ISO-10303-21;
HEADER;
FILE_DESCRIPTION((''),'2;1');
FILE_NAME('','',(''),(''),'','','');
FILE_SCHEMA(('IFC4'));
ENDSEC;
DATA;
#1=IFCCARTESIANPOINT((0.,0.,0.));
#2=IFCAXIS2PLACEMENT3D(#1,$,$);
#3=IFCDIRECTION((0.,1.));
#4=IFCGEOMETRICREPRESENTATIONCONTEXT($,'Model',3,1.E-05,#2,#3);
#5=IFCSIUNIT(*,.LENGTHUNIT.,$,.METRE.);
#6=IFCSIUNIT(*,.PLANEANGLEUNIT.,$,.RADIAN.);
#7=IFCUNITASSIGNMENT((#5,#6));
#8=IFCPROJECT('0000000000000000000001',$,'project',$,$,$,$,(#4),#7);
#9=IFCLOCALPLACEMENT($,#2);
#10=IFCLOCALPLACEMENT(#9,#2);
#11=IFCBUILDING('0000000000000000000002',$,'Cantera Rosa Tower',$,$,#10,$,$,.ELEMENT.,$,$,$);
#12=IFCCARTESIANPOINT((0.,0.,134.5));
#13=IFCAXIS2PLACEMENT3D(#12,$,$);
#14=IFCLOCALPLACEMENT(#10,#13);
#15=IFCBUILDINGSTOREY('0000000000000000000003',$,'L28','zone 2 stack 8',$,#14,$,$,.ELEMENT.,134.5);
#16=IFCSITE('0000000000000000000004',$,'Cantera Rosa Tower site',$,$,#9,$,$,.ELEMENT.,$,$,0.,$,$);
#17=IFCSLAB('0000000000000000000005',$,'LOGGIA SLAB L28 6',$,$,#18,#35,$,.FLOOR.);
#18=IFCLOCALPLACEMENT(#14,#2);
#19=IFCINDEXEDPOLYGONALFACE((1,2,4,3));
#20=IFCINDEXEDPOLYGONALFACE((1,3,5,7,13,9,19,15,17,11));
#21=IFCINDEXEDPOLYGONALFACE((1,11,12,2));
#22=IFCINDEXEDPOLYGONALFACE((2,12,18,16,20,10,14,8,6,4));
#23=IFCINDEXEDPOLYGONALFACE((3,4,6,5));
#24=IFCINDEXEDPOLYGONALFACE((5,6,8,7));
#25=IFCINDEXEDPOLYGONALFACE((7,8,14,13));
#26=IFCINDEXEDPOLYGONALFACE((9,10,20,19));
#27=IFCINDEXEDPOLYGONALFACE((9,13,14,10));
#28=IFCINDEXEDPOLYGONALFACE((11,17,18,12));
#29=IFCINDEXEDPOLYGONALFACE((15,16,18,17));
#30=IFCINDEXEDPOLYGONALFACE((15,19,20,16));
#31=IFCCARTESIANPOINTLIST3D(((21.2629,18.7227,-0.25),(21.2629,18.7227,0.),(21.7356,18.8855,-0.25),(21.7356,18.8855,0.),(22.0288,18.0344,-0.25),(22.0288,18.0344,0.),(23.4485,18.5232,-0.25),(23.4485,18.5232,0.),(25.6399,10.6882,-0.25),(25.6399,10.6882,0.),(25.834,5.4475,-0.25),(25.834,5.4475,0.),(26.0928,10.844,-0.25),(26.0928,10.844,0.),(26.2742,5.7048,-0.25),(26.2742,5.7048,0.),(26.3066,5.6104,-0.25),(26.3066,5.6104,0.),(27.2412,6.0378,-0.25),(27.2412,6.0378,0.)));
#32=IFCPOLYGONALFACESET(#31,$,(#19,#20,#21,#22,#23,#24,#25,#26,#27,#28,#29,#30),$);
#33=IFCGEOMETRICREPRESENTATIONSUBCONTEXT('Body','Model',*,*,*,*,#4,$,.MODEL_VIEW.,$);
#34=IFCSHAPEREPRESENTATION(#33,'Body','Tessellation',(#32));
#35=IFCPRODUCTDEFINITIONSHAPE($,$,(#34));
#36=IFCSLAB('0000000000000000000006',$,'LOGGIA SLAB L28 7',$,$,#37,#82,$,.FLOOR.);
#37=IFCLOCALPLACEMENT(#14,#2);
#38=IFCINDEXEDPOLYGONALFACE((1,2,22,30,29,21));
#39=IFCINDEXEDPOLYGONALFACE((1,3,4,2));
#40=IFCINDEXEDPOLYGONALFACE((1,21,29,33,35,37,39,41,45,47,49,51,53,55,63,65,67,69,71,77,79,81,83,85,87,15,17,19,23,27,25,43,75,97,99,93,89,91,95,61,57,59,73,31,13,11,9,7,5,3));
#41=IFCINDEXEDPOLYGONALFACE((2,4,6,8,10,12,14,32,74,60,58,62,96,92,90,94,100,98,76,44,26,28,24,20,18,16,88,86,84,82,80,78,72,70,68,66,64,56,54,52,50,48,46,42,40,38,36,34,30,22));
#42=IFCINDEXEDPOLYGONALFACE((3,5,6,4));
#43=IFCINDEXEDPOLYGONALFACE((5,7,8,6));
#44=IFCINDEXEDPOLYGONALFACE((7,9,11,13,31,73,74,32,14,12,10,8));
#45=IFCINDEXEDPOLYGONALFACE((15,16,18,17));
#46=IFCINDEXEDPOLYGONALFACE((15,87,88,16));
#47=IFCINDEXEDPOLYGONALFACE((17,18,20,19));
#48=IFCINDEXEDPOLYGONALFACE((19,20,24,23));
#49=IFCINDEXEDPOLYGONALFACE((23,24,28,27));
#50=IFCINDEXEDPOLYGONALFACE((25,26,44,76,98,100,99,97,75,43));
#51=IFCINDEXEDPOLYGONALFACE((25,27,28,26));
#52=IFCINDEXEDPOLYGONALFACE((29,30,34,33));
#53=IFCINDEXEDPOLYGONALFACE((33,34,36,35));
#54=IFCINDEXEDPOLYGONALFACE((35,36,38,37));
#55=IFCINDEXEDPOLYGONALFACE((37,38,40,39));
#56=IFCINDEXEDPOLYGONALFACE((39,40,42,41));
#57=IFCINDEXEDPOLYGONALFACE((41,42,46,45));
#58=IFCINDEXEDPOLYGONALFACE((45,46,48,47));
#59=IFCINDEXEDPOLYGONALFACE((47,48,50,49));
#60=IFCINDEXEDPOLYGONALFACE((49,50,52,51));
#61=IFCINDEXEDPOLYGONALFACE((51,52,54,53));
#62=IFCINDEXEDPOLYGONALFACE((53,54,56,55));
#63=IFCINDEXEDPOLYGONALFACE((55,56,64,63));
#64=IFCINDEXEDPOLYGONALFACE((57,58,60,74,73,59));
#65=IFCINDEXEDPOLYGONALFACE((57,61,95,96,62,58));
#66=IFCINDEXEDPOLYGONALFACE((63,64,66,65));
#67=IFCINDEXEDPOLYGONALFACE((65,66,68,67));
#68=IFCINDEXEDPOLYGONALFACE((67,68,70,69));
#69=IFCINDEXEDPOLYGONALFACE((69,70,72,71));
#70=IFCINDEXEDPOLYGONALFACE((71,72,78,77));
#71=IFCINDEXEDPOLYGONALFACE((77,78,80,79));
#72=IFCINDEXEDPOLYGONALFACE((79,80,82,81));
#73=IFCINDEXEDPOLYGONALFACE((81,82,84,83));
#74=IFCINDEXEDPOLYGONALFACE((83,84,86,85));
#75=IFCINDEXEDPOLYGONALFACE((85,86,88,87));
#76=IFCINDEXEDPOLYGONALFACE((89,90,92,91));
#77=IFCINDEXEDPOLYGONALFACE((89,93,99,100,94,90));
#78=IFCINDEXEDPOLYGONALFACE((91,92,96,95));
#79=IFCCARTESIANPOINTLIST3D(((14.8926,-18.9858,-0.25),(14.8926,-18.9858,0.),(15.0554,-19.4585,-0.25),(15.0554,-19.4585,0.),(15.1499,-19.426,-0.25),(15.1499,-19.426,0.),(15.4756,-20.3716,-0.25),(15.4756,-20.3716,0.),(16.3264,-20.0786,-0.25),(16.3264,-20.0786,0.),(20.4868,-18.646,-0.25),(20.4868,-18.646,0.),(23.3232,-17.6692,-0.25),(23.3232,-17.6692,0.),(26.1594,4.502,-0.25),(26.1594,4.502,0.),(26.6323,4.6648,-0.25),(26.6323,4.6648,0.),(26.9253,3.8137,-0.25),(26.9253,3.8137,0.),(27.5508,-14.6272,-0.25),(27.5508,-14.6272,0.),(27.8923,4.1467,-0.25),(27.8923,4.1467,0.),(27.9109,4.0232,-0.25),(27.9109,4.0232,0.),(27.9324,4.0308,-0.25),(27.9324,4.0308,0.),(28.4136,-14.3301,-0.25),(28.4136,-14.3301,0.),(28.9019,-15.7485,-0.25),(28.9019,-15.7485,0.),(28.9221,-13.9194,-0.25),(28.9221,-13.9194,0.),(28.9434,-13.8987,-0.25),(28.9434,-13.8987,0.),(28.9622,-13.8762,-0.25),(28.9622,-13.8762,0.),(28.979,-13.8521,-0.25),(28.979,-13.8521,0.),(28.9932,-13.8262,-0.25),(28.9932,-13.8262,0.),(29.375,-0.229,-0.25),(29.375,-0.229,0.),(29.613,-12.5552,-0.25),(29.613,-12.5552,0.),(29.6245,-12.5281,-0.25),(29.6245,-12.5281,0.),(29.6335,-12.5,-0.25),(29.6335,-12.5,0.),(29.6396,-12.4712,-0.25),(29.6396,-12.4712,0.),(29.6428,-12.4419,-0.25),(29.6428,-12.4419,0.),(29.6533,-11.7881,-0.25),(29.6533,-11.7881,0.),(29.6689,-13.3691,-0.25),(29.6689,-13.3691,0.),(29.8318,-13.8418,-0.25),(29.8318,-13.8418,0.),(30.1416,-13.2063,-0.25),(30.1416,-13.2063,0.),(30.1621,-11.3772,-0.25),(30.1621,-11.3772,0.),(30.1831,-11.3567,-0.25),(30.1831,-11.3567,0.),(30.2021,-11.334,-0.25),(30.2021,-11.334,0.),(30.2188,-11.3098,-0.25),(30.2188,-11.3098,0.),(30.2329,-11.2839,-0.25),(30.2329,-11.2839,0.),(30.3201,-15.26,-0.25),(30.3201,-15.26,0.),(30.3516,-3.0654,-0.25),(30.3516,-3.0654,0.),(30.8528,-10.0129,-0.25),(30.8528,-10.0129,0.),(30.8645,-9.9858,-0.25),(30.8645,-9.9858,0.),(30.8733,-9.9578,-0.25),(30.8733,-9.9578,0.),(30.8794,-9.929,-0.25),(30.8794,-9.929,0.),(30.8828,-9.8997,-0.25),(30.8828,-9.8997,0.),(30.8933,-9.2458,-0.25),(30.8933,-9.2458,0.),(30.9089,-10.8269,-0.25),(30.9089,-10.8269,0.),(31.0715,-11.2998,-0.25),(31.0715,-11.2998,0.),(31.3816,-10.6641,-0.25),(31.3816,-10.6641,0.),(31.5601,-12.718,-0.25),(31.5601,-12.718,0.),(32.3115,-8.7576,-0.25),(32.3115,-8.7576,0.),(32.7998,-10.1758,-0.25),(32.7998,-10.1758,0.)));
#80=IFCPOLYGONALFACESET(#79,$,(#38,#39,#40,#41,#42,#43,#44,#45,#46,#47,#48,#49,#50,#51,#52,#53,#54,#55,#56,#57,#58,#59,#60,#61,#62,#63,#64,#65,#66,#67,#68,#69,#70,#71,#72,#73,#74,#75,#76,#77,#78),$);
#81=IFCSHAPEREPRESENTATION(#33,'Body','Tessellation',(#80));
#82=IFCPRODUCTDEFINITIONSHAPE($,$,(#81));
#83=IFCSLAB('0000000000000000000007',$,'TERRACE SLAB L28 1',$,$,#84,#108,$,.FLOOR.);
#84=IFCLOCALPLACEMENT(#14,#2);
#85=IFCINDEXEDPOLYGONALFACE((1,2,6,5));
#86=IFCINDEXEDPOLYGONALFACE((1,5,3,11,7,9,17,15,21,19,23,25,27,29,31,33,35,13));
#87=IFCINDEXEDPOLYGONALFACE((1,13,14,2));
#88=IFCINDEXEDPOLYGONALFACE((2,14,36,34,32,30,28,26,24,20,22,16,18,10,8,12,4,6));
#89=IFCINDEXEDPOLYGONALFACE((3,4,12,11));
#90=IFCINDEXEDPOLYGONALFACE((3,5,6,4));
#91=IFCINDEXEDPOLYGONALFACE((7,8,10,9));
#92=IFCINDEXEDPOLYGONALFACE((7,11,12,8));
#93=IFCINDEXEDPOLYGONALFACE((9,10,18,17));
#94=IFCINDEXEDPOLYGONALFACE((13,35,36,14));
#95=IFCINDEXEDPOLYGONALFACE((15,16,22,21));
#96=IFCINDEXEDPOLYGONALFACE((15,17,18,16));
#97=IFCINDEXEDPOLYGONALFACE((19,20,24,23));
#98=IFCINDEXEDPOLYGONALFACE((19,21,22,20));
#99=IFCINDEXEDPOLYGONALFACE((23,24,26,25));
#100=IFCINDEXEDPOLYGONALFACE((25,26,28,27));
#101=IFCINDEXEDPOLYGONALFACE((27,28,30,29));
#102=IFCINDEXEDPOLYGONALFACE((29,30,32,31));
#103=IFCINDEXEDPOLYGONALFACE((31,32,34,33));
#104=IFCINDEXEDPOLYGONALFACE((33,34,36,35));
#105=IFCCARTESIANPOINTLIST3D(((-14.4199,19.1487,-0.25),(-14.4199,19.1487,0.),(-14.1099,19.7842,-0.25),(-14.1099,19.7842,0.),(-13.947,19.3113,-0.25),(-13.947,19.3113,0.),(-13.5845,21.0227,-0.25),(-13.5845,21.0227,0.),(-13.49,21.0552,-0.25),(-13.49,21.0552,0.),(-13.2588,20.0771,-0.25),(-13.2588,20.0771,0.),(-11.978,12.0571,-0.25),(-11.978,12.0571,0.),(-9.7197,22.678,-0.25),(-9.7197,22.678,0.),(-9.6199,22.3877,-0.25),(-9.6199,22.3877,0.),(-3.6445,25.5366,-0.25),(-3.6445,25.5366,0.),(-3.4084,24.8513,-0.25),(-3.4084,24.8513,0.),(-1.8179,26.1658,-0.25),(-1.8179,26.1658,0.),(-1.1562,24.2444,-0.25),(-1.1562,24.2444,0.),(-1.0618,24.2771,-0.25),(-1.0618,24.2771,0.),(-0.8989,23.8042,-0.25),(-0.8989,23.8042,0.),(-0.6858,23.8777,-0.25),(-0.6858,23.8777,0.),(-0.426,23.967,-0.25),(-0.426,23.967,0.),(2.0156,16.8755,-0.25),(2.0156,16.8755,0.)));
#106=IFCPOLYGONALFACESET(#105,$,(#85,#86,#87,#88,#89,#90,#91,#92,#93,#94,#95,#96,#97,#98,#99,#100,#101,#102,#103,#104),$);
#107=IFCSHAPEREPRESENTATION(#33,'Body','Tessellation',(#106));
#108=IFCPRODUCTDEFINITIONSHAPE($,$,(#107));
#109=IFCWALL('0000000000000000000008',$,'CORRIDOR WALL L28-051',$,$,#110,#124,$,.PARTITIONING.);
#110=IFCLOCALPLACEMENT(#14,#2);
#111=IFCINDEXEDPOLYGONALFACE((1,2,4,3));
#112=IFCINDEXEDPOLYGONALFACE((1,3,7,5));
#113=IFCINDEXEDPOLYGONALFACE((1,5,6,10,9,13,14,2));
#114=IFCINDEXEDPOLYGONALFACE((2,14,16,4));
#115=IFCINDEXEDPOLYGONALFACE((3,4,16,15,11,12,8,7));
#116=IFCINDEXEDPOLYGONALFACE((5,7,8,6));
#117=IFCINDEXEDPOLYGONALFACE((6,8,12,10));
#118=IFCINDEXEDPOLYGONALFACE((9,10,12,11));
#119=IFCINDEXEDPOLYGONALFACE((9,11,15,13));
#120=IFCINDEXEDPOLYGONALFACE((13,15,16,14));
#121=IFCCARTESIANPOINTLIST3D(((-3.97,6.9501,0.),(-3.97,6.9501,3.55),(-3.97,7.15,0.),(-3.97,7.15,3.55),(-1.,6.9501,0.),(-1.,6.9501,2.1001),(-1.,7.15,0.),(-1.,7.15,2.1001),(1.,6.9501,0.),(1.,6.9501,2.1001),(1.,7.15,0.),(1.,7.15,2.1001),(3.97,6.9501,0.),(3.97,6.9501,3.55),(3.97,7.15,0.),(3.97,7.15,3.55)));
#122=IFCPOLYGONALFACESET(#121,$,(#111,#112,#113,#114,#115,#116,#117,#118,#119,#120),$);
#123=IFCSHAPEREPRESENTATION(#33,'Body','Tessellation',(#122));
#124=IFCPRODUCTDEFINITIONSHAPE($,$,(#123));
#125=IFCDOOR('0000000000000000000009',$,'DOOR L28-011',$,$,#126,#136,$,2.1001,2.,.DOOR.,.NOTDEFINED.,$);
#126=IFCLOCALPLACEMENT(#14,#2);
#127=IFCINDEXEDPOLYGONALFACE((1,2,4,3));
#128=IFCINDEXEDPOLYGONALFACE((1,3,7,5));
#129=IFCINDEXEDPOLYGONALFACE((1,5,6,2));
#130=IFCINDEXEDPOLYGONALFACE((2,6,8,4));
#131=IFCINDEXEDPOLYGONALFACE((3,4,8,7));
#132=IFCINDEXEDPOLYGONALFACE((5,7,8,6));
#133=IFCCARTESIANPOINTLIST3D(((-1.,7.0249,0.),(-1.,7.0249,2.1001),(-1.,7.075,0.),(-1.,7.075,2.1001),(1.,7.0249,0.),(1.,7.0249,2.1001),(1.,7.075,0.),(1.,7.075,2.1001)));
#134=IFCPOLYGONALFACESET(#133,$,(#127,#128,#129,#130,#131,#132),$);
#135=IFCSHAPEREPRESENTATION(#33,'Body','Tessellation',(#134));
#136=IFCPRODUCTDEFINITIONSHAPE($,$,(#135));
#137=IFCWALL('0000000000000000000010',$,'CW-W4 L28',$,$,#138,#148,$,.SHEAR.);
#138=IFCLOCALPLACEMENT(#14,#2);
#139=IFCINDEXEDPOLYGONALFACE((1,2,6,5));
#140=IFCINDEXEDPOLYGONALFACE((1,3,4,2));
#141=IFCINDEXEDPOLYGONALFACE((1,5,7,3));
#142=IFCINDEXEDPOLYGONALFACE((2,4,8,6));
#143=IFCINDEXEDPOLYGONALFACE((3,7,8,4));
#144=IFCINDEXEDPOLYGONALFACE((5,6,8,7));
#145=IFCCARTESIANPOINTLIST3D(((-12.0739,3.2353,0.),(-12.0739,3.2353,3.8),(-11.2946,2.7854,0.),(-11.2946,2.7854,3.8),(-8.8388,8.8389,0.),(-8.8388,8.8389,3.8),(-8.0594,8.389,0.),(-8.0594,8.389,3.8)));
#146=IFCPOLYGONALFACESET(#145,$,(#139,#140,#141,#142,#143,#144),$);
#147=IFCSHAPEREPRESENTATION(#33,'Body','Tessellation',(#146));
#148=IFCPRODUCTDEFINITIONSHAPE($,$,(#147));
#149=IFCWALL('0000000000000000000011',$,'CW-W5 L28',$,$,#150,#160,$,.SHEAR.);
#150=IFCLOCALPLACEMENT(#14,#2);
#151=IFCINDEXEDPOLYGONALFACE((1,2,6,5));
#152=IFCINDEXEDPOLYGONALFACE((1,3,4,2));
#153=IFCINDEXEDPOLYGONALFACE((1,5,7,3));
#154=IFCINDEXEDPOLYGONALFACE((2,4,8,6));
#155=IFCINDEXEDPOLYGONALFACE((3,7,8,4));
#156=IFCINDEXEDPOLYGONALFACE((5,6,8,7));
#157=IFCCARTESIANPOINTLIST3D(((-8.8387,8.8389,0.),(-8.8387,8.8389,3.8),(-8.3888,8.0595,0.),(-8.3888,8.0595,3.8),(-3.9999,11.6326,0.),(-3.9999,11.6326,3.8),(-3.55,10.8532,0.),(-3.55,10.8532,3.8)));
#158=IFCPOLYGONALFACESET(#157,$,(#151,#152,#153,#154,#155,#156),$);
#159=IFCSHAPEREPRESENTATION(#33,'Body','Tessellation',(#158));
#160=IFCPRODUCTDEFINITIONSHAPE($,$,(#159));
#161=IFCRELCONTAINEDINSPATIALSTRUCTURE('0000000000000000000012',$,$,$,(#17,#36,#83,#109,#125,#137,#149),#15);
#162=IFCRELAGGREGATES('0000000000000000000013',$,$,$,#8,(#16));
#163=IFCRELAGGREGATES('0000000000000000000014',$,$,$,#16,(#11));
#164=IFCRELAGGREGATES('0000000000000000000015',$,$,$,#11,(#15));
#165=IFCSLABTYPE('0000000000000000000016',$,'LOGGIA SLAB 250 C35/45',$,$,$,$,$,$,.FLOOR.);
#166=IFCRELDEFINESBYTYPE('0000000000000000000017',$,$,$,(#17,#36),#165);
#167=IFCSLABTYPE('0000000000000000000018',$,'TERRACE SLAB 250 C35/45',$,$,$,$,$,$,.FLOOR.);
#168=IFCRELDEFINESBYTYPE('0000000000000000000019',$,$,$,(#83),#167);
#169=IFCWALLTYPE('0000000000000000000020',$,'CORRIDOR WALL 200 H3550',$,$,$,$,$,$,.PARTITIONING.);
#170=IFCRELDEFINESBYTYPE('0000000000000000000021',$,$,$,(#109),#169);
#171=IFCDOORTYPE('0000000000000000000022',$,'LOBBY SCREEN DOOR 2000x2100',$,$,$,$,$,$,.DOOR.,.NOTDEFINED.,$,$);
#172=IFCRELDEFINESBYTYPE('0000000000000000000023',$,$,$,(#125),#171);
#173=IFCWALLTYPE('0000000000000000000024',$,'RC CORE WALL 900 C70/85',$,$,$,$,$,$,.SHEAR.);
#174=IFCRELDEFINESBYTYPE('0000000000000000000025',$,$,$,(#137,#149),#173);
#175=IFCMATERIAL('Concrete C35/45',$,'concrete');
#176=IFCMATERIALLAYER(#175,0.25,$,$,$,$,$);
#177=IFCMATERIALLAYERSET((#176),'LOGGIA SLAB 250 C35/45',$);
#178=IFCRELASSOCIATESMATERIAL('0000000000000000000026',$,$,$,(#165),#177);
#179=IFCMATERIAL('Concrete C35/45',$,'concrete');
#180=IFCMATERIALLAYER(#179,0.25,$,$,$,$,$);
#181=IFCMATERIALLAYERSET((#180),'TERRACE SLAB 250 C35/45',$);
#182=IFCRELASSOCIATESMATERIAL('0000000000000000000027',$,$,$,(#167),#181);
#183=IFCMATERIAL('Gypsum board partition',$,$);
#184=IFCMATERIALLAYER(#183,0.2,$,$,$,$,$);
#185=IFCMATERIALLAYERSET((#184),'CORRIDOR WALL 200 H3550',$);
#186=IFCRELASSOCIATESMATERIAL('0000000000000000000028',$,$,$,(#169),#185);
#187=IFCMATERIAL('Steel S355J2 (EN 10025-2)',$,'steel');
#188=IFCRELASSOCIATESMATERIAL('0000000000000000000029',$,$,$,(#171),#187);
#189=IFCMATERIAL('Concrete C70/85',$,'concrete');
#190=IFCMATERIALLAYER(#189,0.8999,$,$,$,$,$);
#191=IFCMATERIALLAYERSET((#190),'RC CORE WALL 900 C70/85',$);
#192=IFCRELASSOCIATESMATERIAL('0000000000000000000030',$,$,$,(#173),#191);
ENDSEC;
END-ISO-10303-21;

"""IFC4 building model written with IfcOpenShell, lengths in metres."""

from ifc_helpers import new_model, si_unit, direction, frame, frame_2d, origin, place, context, subcontext, project, spatial, polyline, rectangle, outline, extrude, material, layer, layer_set, type_object, element, fill, save


model = new_model("IFC4")

# Units and contexts
model_context = context("Model", 3, precision=1e-05, world=origin(), true_north=direction((0.0, 1.0)))
body_context = subcontext(model_context, "Body", "Model", "MODEL_VIEW")
ifc_project = project(units=[si_unit("LENGTHUNIT", "METRE"), si_unit("PLANEANGLEUNIT", "RADIAN")], contexts=[model_context])

# Site, building, storey
site_placement = place(None, origin())
site = spatial("IfcSite", under=ifc_project, at=site_placement, Name="Cantera Rosa Tower site", CompositionType="ELEMENT", RefElevation=0.0)
building_placement = place(site_placement, origin())
building = spatial("IfcBuilding", under=site, at=building_placement, Name="Cantera Rosa Tower", CompositionType="ELEMENT")
storey_placement = place(building_placement, frame((0.0, 0.0, 134.5)))
storey = spatial("IfcBuildingStorey", under=building, at=storey_placement, Name="L28", Description="zone 2 stack 8", CompositionType="ELEMENT", Elevation=134.5)

# Slabs
ifc_material_1 = material(Name="Concrete C35/45", Category="concrete")
ifc_layer_1 = layer(ifc_material_1, 0.25)
ifc_layer_set_1 = layer_set([ifc_layer_1], Name="LOGGIA SLAB 250 C35/45")
slab_type_1 = type_object("IfcSlabType", Name="LOGGIA SLAB 250 C35/45", PredefinedType="FLOOR", material=ifc_layer_set_1)
slab_1_placement = place(storey_placement, frame((0.0, 0.0, -0.25)))
element("IfcSlab", 1, at=slab_1_placement, inside=storey, type_object=slab_type_1, Name="LOGGIA SLAB L28 6", PredefinedType="FLOOR", context=body_context, shape_type="SweptSolid", body=[
    extrude(outline(polyline([(25.834, 5.4475), (21.2629, 18.7227), (21.7356, 18.8855), (22.0288, 18.0344), (23.4485, 18.5232), (26.0928, 10.844), (25.6399, 10.6882), (27.2412, 6.0378), (26.2742, 5.7048), (26.3066, 5.6104), (25.834, 5.4475)])), origin(), (0.0, 0.0, 1.0), 0.25),
])
slab_2_placement = place(storey_placement, frame((0.0, 0.0, -0.25)))
element("IfcSlab", 2, at=slab_2_placement, inside=storey, type_object=slab_type_1, Name="LOGGIA SLAB L28 7", PredefinedType="FLOOR", context=body_context, shape_type="SweptSolid", body=[
    extrude(outline(polyline([(32.7998, -10.1758), (31.3816, -10.6641), (30.9089, -10.8269), (31.0715, -11.2998), (31.5601, -12.718), (30.1416, -13.2063), (29.6689, -13.3691), (29.8318, -13.8418), (30.3201, -15.26), (28.9019, -15.7485), (23.3232, -17.6692), (20.4868, -18.646), (16.3264, -20.0786), (15.4756, -20.3716), (15.1499, -19.426), (15.0554, -19.4585), (14.8926, -18.9858), (27.5508, -14.6272), (28.4136, -14.3301), (28.9221, -13.9194), (28.9434, -13.8987), (28.9622, -13.8762), (28.979, -13.8521), (28.9932, -13.8262), (29.613, -12.5552), (29.6245, -12.5281), (29.6335, -12.5), (29.6396, -12.4712), (29.6428, -12.4419), (29.6533, -11.7881), (30.1621, -11.3772), (30.1831, -11.3567), (30.2021, -11.334), (30.2188, -11.3098), (30.2329, -11.2839), (30.8528, -10.0129), (30.8645, -9.9858), (30.8733, -9.9578), (30.8794, -9.929), (30.8828, -9.8997), (30.8933, -9.2458), (26.1594, 4.502), (26.6323, 4.6648), (26.9253, 3.8137), (27.8923, 4.1467), (27.9324, 4.0308), (27.9109, 4.0232), (29.375, -0.229), (30.3516, -3.0654), (32.3115, -8.7576), (32.7998, -10.1758)])), origin(), (0.0, 0.0, 1.0), 0.25),
])
ifc_material_2 = material(Name="Concrete C35/45", Category="concrete")
ifc_layer_2 = layer(ifc_material_2, 0.25)
ifc_layer_set_2 = layer_set([ifc_layer_2], Name="TERRACE SLAB 250 C35/45")
slab_type_2 = type_object("IfcSlabType", Name="TERRACE SLAB 250 C35/45", PredefinedType="FLOOR", material=ifc_layer_set_2)
slab_3_placement = place(storey_placement, frame((0.0, 0.0, -0.25)))
element("IfcSlab", 3, at=slab_3_placement, inside=storey, type_object=slab_type_2, Name="TERRACE SLAB L28 1", PredefinedType="FLOOR", context=body_context, shape_type="SweptSolid", body=[
    extrude(outline(polyline([(-13.2588, 20.0771), (-13.5845, 21.0227), (-13.49, 21.0552), (-9.6199, 22.3877), (-9.7197, 22.678), (-3.4084, 24.8513), (-3.6445, 25.5366), (-1.8179, 26.1658), (-1.1562, 24.2444), (-1.0618, 24.2771), (-0.8989, 23.8042), (-0.6858, 23.8777), (-0.426, 23.967), (2.0156, 16.8755), (-11.978, 12.0571), (-14.4199, 19.1487), (-13.947, 19.3113), (-14.1099, 19.7842), (-13.2588, 20.0771)])), origin(), (0.0, 0.0, 1.0), 0.25),
])

# Wall, opening, door
ifc_material_3 = material(Name="Gypsum board partition")
ifc_layer_3 = layer(ifc_material_3, 0.2)
ifc_layer_set_3 = layer_set([ifc_layer_3], Name="CORRIDOR WALL 200 H3550")
wall_type_1 = type_object("IfcWallType", Name="CORRIDOR WALL 200 H3550", PredefinedType="PARTITIONING", material=ifc_layer_set_3)
wall_1_placement = place(storey_placement, frame((-3.97, 7.05, 0.0), z_axis=(0.0, 0.0, 1.0), x_axis=(1.0, 0.0, 0.0)))
wall_1 = element("IfcWall", 4, at=wall_1_placement, inside=storey, type_object=wall_type_1, Name="CORRIDOR WALL L28-051", PredefinedType="PARTITIONING", context=body_context, shape_type="SweptSolid", body=[
    extrude(rectangle(XDim=7.9399, YDim=0.2, at=frame_2d((3.97, 0.0))), origin(), (0.0, 0.0, 1.0), 3.55),
])
opening_placement = place(wall_1_placement, frame((2.97, 0.0, 0.0)))
opening = element("IfcOpeningElement", 5, at=opening_placement, cuts=wall_1, PredefinedType="OPENING", context=body_context, shape_type="SweptSolid", body=[
    extrude(rectangle(XDim=2.0, YDim=2.1001, at=frame_2d((1.0, 1.05))), frame((0.0, 0.1099, 0.0), z_axis=(0.0, -1.0, 0.0), x_axis=(1.0, 0.0, 0.0)), (0.0, 0.0, 1.0), 0.22),
])
ifc_material_4 = material(Name="Steel S355J2 (EN 10025-2)", Category="steel")
door_type = type_object("IfcDoorType", Name="LOBBY SCREEN DOOR 2000x2100", OperationType="NOTDEFINED", PredefinedType="DOOR", material=ifc_material_4)
door_placement = place(opening_placement, origin())
door = element("IfcDoor", 6, at=door_placement, inside=storey, type_object=door_type, Name="DOOR L28-011", OperationType="NOTDEFINED", OverallHeight=2.1001, OverallWidth=2.0, PredefinedType="DOOR", context=body_context, shape_type="SweptSolid", body=[
    extrude(rectangle(XDim=2.0, YDim=2.1001, at=frame_2d((1.0, 1.05))), frame((0.0, 0.0249, 0.0), z_axis=(0.0, -1.0, 0.0), x_axis=(1.0, 0.0, 0.0)), (0.0, 0.0, 1.0), 0.05),
])
fill(opening, door)

# Walls
ifc_material_5 = material(Name="Concrete C70/85", Category="concrete")
ifc_layer_4 = layer(ifc_material_5, 0.8999)
ifc_layer_set_4 = layer_set([ifc_layer_4], Name="RC CORE WALL 900 C70/85")
wall_type_2 = type_object("IfcWallType", Name="RC CORE WALL 900 C70/85", PredefinedType="SHEAR", material=ifc_layer_set_4)
wall_2_placement = place(storey_placement, frame((-11.6843, 3.0103, 0.0), z_axis=(0.0, 0.0, 1.0), x_axis=(0.49999, 0.866031, 0.0)))
element("IfcWall", 7, at=wall_2_placement, inside=storey, type_object=wall_type_2, Name="CW-W4 L28", PredefinedType="SHEAR", context=body_context, shape_type="SweptSolid", body=[
    extrude(rectangle(XDim=6.4705, YDim=0.8999, at=frame_2d((3.2354, 0.0))), origin(), (0.0, 0.0, 1.0), 3.8),
])
wall_3_placement = place(storey_placement, frame((-8.6138, 8.4492, 0.0), z_axis=(0.0, 0.0, 1.0), x_axis=(0.866027, 0.499997, 0.0)))
element("IfcWall", 8, at=wall_3_placement, inside=storey, type_object=wall_type_2, Name="CW-W5 L28", PredefinedType="SHEAR", context=body_context, shape_type="SweptSolid", body=[
    extrude(rectangle(XDim=5.5874, YDim=0.8999, at=frame_2d((2.7937, 0.0))), origin(), (0.0, 0.0, 1.0), 3.8),
])

save(model, "model.ifc")
